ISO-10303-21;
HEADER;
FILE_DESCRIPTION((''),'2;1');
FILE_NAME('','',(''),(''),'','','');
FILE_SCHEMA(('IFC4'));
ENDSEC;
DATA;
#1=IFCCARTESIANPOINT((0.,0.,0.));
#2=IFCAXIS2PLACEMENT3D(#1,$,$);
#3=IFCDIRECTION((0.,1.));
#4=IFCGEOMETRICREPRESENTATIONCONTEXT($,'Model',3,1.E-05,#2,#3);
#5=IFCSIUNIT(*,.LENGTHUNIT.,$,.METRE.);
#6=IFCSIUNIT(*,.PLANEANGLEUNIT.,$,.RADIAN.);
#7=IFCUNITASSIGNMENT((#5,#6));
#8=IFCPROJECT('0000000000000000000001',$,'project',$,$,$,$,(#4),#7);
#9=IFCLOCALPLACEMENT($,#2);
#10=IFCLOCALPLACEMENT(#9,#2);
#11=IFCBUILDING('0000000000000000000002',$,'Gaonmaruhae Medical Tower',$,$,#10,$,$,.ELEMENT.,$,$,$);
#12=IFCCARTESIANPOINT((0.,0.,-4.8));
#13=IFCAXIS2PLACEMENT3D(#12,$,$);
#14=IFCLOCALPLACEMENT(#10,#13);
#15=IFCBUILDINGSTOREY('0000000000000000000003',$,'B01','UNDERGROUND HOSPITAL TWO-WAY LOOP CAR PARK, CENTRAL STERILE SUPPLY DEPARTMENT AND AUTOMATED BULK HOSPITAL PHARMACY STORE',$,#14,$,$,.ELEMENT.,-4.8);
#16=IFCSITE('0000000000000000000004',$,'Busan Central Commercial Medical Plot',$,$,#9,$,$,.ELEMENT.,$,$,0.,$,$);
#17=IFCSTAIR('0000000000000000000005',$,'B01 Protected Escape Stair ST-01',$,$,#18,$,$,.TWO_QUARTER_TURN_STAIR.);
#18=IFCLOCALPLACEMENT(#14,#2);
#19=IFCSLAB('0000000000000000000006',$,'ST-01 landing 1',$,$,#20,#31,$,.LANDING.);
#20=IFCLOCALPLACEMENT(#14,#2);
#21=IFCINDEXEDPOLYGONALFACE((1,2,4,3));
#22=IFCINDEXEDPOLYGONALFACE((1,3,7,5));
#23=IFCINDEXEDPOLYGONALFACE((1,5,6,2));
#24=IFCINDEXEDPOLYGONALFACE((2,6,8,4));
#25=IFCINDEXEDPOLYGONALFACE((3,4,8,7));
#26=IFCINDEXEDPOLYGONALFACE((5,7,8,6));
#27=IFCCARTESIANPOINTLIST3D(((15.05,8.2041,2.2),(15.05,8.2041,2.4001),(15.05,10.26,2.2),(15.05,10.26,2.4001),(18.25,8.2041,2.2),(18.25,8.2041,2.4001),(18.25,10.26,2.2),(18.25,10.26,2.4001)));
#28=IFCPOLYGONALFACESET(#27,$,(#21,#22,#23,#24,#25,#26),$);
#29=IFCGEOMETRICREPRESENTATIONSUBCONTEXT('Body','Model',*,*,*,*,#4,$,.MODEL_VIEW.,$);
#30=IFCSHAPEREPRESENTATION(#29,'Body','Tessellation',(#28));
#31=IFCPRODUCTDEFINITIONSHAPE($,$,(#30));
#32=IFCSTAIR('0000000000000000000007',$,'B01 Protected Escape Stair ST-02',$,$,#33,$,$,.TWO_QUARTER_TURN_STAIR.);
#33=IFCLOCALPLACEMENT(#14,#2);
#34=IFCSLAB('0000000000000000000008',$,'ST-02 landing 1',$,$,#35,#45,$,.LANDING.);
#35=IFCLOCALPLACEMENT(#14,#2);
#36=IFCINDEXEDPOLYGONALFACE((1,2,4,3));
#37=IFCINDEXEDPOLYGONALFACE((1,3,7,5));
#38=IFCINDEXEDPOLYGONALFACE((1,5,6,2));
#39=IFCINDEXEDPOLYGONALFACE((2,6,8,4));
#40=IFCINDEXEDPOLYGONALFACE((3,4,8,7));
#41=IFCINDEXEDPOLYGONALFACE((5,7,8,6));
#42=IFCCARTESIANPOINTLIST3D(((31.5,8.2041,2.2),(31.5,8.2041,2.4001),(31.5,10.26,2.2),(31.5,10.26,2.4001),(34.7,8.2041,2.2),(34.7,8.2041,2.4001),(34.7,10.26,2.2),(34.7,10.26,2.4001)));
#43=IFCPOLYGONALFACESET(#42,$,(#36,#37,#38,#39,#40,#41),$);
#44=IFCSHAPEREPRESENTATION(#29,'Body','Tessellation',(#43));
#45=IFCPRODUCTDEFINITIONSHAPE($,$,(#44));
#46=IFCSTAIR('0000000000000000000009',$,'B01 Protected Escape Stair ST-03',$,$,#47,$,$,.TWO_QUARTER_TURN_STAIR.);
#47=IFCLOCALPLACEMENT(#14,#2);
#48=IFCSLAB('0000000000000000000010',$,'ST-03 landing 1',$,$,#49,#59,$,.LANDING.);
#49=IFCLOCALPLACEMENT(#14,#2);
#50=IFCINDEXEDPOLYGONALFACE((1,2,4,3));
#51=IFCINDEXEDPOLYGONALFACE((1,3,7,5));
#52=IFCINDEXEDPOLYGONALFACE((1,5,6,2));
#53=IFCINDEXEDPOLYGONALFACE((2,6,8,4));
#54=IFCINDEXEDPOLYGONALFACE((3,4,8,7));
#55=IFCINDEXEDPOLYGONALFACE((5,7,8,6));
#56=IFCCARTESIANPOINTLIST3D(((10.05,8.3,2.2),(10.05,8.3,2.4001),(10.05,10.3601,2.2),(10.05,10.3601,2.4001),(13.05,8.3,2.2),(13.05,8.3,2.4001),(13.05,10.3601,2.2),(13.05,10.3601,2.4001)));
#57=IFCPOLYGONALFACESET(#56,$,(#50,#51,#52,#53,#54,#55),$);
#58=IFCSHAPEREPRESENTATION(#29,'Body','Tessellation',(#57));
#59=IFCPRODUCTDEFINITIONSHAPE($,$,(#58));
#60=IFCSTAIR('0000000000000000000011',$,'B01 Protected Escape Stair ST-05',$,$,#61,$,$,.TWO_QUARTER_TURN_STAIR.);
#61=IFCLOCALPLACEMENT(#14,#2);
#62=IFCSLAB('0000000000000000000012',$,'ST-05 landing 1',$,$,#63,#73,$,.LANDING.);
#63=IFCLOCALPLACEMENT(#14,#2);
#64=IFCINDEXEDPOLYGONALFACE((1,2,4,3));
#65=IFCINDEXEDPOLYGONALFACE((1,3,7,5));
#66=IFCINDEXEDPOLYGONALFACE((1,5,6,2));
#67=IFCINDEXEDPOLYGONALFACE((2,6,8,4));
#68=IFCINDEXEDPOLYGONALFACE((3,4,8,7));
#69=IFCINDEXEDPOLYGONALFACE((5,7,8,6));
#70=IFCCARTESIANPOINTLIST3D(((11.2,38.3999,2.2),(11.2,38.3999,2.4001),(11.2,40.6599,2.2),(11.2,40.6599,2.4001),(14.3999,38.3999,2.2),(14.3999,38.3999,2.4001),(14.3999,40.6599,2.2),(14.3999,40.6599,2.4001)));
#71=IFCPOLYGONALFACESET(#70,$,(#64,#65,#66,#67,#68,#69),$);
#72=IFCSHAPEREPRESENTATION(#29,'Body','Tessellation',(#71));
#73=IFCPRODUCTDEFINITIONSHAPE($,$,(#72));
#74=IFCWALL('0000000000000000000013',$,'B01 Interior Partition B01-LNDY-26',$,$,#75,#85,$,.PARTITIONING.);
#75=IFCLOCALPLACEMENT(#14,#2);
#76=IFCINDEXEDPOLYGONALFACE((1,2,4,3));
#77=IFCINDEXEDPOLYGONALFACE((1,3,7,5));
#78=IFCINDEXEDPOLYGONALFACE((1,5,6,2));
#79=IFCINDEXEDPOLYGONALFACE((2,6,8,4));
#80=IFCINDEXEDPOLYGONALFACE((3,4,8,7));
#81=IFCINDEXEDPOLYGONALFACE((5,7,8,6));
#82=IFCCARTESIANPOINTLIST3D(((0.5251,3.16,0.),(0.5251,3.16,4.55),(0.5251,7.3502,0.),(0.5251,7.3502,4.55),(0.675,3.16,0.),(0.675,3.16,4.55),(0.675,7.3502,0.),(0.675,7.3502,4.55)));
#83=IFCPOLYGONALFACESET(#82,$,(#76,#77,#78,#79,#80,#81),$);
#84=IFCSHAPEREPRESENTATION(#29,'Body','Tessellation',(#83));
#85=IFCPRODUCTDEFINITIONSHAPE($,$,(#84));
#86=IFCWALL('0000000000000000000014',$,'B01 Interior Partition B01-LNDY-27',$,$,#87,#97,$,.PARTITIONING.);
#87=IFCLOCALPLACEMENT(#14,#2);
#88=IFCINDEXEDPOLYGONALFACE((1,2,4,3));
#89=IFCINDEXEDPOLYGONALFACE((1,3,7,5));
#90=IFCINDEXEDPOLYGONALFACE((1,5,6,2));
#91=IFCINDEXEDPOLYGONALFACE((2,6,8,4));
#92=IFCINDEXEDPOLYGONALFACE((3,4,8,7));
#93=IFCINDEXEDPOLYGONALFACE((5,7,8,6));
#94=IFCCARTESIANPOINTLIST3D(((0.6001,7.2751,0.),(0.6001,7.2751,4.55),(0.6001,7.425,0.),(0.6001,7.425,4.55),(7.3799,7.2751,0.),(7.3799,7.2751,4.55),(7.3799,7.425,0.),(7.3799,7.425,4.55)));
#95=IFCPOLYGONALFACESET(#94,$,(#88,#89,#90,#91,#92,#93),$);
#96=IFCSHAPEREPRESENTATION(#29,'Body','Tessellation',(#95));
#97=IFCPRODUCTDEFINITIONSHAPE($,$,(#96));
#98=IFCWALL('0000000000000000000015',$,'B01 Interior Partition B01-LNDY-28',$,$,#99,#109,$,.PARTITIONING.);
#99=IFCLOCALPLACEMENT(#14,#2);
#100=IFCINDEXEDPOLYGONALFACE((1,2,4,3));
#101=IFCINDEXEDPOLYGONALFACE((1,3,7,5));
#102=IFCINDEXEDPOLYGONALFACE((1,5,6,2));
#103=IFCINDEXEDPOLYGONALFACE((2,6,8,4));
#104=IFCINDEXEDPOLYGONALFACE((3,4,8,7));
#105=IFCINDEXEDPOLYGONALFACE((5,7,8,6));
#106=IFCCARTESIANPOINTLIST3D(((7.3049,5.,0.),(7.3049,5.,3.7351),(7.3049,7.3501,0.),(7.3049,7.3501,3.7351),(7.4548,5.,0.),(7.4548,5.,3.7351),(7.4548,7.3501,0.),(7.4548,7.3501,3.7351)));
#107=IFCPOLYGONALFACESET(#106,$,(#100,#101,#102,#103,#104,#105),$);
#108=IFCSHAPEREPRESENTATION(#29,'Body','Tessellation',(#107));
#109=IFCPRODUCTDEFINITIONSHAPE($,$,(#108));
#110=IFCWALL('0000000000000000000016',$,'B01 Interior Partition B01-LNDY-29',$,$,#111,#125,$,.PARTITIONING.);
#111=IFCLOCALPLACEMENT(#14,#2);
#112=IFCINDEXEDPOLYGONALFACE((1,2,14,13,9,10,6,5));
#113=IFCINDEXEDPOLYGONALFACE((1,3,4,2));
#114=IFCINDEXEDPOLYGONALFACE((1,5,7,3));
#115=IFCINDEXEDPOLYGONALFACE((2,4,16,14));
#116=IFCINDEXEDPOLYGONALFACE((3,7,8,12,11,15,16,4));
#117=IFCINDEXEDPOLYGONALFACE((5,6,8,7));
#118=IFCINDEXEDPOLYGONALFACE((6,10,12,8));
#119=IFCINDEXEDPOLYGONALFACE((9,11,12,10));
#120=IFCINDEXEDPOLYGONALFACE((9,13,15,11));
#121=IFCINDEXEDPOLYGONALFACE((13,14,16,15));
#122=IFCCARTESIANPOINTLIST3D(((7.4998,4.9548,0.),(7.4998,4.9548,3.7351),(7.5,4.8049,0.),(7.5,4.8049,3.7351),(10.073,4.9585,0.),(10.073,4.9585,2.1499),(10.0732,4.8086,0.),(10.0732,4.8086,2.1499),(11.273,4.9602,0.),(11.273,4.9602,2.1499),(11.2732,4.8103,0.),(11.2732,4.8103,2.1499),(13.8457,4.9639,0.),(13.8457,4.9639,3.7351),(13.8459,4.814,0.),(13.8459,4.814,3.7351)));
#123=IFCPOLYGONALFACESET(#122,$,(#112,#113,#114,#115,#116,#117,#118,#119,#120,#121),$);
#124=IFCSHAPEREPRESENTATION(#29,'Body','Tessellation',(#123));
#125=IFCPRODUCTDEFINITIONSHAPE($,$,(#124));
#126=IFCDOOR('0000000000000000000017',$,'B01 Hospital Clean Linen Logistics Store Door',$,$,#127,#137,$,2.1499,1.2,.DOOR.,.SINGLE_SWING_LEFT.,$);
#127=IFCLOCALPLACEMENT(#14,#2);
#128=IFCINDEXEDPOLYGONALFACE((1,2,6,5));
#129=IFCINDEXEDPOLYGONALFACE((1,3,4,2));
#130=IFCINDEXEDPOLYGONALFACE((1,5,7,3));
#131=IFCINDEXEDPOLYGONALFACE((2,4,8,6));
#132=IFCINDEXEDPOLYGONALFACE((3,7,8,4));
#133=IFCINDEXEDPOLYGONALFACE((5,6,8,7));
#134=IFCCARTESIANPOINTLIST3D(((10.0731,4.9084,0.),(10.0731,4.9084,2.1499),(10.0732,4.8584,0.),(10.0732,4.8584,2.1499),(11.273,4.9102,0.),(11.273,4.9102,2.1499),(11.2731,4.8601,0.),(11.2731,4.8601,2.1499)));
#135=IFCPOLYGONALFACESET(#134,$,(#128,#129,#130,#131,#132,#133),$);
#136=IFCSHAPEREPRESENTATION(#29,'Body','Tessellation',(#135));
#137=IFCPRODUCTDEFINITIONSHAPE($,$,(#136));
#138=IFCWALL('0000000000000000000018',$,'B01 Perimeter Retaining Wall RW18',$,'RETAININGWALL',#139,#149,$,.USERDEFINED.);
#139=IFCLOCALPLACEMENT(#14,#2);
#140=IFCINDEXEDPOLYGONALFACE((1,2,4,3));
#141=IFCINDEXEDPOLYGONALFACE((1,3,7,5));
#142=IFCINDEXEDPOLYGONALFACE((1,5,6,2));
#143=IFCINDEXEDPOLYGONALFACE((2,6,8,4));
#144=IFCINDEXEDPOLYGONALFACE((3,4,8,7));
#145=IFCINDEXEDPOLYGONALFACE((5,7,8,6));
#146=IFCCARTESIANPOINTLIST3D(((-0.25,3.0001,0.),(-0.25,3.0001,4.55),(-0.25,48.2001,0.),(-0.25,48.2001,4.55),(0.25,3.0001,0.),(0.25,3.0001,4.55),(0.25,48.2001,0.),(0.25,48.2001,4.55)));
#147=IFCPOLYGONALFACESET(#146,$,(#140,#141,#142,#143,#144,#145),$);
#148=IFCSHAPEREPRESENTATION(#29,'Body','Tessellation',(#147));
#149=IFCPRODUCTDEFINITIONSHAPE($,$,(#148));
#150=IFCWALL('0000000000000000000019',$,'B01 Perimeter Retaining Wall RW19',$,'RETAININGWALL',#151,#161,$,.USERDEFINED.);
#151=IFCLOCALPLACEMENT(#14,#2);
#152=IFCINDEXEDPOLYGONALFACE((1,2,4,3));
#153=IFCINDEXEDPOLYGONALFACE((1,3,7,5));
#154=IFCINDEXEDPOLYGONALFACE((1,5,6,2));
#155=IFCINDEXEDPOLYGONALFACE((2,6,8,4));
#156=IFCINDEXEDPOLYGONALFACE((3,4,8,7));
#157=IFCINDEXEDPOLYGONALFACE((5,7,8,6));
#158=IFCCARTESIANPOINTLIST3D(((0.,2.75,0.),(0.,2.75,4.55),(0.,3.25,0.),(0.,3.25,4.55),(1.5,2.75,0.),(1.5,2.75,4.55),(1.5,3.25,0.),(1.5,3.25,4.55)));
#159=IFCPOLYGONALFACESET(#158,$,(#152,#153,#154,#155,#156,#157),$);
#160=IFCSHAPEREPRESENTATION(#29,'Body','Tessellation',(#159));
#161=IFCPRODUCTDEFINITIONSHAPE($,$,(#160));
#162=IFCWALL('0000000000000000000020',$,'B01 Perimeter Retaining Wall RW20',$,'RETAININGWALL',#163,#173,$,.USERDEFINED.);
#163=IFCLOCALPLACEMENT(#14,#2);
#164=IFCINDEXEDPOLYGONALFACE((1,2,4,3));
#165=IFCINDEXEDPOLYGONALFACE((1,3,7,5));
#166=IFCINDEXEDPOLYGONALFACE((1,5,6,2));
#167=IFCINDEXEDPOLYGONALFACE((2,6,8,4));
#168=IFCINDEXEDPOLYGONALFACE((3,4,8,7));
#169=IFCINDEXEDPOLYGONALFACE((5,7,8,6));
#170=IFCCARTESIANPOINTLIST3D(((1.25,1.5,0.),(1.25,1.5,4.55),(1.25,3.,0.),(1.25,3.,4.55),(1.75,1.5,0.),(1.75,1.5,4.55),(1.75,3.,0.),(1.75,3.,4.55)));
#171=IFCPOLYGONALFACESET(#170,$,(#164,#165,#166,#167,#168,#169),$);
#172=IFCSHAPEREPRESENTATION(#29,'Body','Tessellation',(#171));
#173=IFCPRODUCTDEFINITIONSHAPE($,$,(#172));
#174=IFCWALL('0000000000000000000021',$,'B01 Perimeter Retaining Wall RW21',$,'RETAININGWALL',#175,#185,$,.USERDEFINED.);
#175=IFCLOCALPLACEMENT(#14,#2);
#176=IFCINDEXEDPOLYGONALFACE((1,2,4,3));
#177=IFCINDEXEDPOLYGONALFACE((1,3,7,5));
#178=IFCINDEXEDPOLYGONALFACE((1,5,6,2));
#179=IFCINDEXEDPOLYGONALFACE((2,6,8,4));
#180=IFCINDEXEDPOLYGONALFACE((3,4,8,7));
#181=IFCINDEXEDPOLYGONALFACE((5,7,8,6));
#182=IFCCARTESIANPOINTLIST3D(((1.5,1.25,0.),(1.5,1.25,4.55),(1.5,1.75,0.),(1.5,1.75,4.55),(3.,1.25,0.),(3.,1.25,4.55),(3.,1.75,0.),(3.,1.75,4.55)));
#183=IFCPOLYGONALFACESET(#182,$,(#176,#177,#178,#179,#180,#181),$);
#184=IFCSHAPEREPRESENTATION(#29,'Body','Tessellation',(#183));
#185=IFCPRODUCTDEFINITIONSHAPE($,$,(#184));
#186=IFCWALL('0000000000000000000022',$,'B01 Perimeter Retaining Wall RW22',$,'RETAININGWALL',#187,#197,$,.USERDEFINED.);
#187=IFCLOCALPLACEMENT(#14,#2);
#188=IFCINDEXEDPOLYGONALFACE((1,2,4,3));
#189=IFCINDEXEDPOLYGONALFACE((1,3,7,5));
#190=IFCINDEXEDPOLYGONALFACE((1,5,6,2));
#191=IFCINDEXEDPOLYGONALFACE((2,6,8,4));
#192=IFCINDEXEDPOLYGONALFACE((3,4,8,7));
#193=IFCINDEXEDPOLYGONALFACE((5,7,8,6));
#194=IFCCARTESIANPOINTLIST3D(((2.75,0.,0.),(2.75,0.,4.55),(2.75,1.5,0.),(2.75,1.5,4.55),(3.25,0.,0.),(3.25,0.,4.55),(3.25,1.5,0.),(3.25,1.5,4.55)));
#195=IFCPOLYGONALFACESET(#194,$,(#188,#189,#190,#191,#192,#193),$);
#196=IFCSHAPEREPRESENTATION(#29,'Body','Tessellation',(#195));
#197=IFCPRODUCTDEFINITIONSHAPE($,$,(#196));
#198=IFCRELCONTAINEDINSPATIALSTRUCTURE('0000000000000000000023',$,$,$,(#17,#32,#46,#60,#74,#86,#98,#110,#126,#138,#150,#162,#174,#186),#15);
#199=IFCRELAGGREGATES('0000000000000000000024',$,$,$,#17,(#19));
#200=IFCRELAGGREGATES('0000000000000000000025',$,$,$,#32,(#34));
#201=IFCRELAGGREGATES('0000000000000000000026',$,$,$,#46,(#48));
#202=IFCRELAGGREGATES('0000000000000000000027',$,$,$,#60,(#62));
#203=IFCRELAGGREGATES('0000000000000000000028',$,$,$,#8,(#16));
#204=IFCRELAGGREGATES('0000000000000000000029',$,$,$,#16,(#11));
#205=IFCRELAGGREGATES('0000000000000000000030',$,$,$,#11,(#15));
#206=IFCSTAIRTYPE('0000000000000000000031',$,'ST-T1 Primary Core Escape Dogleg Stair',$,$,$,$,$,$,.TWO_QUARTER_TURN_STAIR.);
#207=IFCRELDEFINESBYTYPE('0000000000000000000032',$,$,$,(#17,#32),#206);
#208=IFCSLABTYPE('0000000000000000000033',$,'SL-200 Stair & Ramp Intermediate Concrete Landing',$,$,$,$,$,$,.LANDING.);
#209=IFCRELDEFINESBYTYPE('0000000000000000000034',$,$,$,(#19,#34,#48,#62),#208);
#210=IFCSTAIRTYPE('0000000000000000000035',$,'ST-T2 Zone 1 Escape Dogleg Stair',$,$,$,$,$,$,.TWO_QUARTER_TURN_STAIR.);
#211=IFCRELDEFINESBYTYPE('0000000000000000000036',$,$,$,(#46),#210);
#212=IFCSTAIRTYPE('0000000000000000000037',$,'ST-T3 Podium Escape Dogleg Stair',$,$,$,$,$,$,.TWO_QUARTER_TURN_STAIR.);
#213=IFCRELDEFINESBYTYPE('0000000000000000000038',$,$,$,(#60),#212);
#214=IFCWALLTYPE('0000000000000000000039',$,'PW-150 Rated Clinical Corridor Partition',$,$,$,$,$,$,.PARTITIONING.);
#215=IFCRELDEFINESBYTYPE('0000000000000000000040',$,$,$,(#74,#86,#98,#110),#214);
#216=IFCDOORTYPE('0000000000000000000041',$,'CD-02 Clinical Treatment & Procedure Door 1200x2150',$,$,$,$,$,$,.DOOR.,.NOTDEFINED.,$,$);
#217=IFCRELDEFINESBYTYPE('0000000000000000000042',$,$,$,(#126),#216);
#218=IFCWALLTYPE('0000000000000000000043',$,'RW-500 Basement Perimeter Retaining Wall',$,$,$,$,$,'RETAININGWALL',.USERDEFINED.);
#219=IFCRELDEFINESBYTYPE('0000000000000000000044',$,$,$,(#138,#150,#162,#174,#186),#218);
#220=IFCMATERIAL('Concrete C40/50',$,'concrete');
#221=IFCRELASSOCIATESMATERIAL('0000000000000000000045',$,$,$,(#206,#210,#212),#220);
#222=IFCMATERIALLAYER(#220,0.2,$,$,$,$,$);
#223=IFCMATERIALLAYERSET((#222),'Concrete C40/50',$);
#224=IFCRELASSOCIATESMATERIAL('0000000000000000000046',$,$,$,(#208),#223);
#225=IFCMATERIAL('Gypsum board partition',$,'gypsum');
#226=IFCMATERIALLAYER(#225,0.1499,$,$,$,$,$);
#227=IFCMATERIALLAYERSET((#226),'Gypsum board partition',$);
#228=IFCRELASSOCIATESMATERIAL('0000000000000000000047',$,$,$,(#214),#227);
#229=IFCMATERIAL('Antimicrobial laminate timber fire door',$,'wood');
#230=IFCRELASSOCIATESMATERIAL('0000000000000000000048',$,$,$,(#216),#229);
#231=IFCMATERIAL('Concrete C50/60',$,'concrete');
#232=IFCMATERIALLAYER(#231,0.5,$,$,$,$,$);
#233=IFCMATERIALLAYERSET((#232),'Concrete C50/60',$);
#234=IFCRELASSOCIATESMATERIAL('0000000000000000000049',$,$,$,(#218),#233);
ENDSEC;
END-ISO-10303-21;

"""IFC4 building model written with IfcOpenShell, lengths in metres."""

from ifc_helpers import new_model, si_unit, direction, frame, frame_2d, origin, place, context, subcontext, project, spatial, polyline, rectangle, outline, extrude, material, layer, layer_set, type_object, element, fill, aggregate, save


model = new_model("IFC4")

# Units and contexts
model_context = context("Model", 3, precision=1e-05, world=origin(), true_north=direction((0.0, 1.0)))
body_context = subcontext(model_context, "Body", "Model", "MODEL_VIEW")
ifc_project = project(units=[si_unit("LENGTHUNIT", "METRE"), si_unit("PLANEANGLEUNIT", "RADIAN")], contexts=[model_context])

# Site, building, storey
site_placement = place(None, origin())
site = spatial("IfcSite", under=ifc_project, at=site_placement, Name="Busan Central Commercial Medical Plot", CompositionType="ELEMENT", RefElevation=0.0)
building_placement = place(site_placement, origin())
building = spatial("IfcBuilding", under=site, at=building_placement, Name="Gaonmaruhae Medical Tower", CompositionType="ELEMENT")
storey_placement = place(building_placement, frame((0.0, 0.0, -4.8)))
storey = spatial("IfcBuildingStorey", under=building, at=storey_placement, Name="B01", Description="UNDERGROUND HOSPITAL TWO-WAY LOOP CAR PARK, CENTRAL STERILE SUPPLY DEPARTMENT AND AUTOMATED BULK HOSPITAL PHARMACY STORE", CompositionType="ELEMENT", Elevation=-4.8)

# Shared definitions
ifc_material_1 = material(Name="Concrete C50/60", Category="concrete")

# Shared definitions
ifc_material_2 = material(Name="Concrete C40/50", Category="concrete")

# Stairs, slabs
stair_type_1 = type_object("IfcStairType", Name="ST-T1 Primary Core Escape Dogleg Stair", PredefinedType="TWO_QUARTER_TURN_STAIR", material=ifc_material_2)
stair_1_placement = place(storey_placement, origin())
stair_1 = element("IfcStair", 1, at=stair_1_placement, inside=storey, type_object=stair_type_1, Name="B01 Protected Escape Stair ST-01", PredefinedType="TWO_QUARTER_TURN_STAIR")
ifc_layer_1 = layer(ifc_material_2, 0.2)
ifc_layer_set_1 = layer_set([ifc_layer_1], Name="Concrete C40/50")
slab_type_1 = type_object("IfcSlabType", Name="SL-200 Stair & Ramp Intermediate Concrete Landing", PredefinedType="LANDING", material=ifc_layer_set_1)
slab_1_placement = place(storey_placement, frame((0.0, 0.0, 2.2)))
slab_1 = element("IfcSlab", 2, at=slab_1_placement, type_object=slab_type_1, Name="ST-01 landing 1", PredefinedType="LANDING", context=body_context, shape_type="SweptSolid", body=[
    extrude(outline(polyline([(15.05, 10.26), (15.05, 8.2041), (18.25, 8.2041), (18.25, 10.26), (15.05, 10.26)])), origin(), (0.0, 0.0, 1.0), 0.2002),
])
aggregate(stair_1, [slab_1])
stair_2_placement = place(storey_placement, origin())
stair_2 = element("IfcStair", 3, at=stair_2_placement, inside=storey, type_object=stair_type_1, Name="B01 Protected Escape Stair ST-02", PredefinedType="TWO_QUARTER_TURN_STAIR")
slab_2_placement = place(storey_placement, frame((0.0, 0.0, 2.2)))
slab_2 = element("IfcSlab", 4, at=slab_2_placement, type_object=slab_type_1, Name="ST-02 landing 1", PredefinedType="LANDING", context=body_context, shape_type="SweptSolid", body=[
    extrude(outline(polyline([(31.5, 10.26), (31.5, 8.2041), (34.7, 8.2041), (34.7, 10.26), (31.5, 10.26)])), origin(), (0.0, 0.0, 1.0), 0.2002),
])
aggregate(stair_2, [slab_2])
stair_type_2 = type_object("IfcStairType", Name="ST-T2 Zone 1 Escape Dogleg Stair", PredefinedType="TWO_QUARTER_TURN_STAIR", material=ifc_material_2)
stair_3_placement = place(storey_placement, origin())
stair_3 = element("IfcStair", 5, at=stair_3_placement, inside=storey, type_object=stair_type_2, Name="B01 Protected Escape Stair ST-03", PredefinedType="TWO_QUARTER_TURN_STAIR")
slab_3_placement = place(storey_placement, frame((0.0, 0.0, 2.2)))
slab_3 = element("IfcSlab", 6, at=slab_3_placement, type_object=slab_type_1, Name="ST-03 landing 1", PredefinedType="LANDING", context=body_context, shape_type="SweptSolid", body=[
    extrude(outline(polyline([(10.05, 10.3601), (10.05, 8.3), (13.05, 8.3), (13.05, 10.3601), (10.05, 10.3601)])), origin(), (0.0, 0.0, 1.0), 0.2002),
])
aggregate(stair_3, [slab_3])
stair_type_3 = type_object("IfcStairType", Name="ST-T3 Podium Escape Dogleg Stair", PredefinedType="TWO_QUARTER_TURN_STAIR", material=ifc_material_2)
stair_4_placement = place(storey_placement, origin())
stair_4 = element("IfcStair", 7, at=stair_4_placement, inside=storey, type_object=stair_type_3, Name="B01 Protected Escape Stair ST-05", PredefinedType="TWO_QUARTER_TURN_STAIR")
slab_4_placement = place(storey_placement, frame((0.0, 0.0, 2.2)))
slab_4 = element("IfcSlab", 8, at=slab_4_placement, type_object=slab_type_1, Name="ST-05 landing 1", PredefinedType="LANDING", context=body_context, shape_type="SweptSolid", body=[
    extrude(outline(polyline([(11.2, 40.6599), (11.2, 38.3999), (14.3999, 38.3999), (14.3999, 40.6599), (11.2, 40.6599)])), origin(), (0.0, 0.0, 1.0), 0.2002),
])
aggregate(stair_4, [slab_4])

# Walls
ifc_material_3 = material(Name="Gypsum board partition", Category="gypsum")
ifc_layer_2 = layer(ifc_material_3, 0.1499)
ifc_layer_set_2 = layer_set([ifc_layer_2], Name="Gypsum board partition")
wall_type_1 = type_object("IfcWallType", Name="PW-150 Rated Clinical Corridor Partition", PredefinedType="PARTITIONING", material=ifc_layer_set_2)
wall_1_placement = place(storey_placement, frame((0.6001, 3.1599, 0.0), z_axis=(0.0, 0.0, 1.0), x_axis=(0.0, 1.0, 0.0)))
element("IfcWall", 9, at=wall_1_placement, inside=storey, type_object=wall_type_1, Name="B01 Interior Partition B01-LNDY-26", PredefinedType="PARTITIONING", context=body_context, shape_type="SweptSolid", body=[
    extrude(rectangle(XDim=4.1902, YDim=0.1499, at=frame_2d((2.0952, 0.0))), origin(), (0.0, 0.0, 1.0), 4.55),
])
wall_2_placement = place(storey_placement, frame((0.6001, 7.3501, 0.0), z_axis=(0.0, 0.0, 1.0), x_axis=(1.0, 0.0, 0.0)))
element("IfcWall", 10, at=wall_2_placement, inside=storey, type_object=wall_type_1, Name="B01 Interior Partition B01-LNDY-27", PredefinedType="PARTITIONING", context=body_context, shape_type="SweptSolid", body=[
    extrude(rectangle(XDim=6.7798, YDim=0.1499, at=frame_2d((3.3899, 0.0))), origin(), (0.0, 0.0, 1.0), 4.55),
])
wall_3_placement = place(storey_placement, frame((7.3799, 7.3501, 0.0), z_axis=(0.0, 0.0, 1.0), x_axis=(0.0, -1.0, 0.0)))
element("IfcWall", 11, at=wall_3_placement, inside=storey, type_object=wall_type_1, Name="B01 Interior Partition B01-LNDY-28", PredefinedType="PARTITIONING", context=body_context, shape_type="SweptSolid", body=[
    extrude(rectangle(XDim=2.3501, YDim=0.1499, at=frame_2d((1.175, 0.0))), origin(), (0.0, 0.0, 1.0), 3.7351),
])

# Wall, opening, door
wall_4_placement = place(storey_placement, frame((7.5, 4.8799, 0.0), z_axis=(0.0, 0.0, 1.0), x_axis=(0.999999, 0.001423, 0.0)))
wall_4 = element("IfcWall", 12, at=wall_4_placement, inside=storey, type_object=wall_type_1, Name="B01 Interior Partition B01-LNDY-29", PredefinedType="PARTITIONING", context=body_context, shape_type="SweptSolid", body=[
    extrude(rectangle(XDim=6.3459, YDim=0.1499, at=frame_2d((3.1729, 0.0))), origin(), (0.0, 0.0, 1.0), 3.7351),
])
opening_placement = place(wall_4_placement, frame((2.573, 0.0, 0.0)))
opening = element("IfcOpeningElement", 13, at=opening_placement, cuts=wall_4, PredefinedType="OPENING", context=body_context, shape_type="SweptSolid", body=[
    extrude(rectangle(XDim=1.2, YDim=2.1499, at=frame_2d((0.6001, 1.075))), frame((0.0, 0.085, 0.0), z_axis=(0.0, -1.0, 0.0), x_axis=(1.0, 0.0, 0.0)), (0.0, 0.0, 1.0), 0.1699),
])
ifc_material_4 = material(Name="Antimicrobial laminate timber fire door", Category="wood")
door_type = type_object("IfcDoorType", Name="CD-02 Clinical Treatment & Procedure Door 1200x2150", OperationType="NOTDEFINED", PredefinedType="DOOR", material=ifc_material_4)
door_placement = place(opening_placement, origin())
door = element("IfcDoor", 14, at=door_placement, inside=storey, type_object=door_type, Name="B01 Hospital Clean Linen Logistics Store Door", OperationType="SINGLE_SWING_LEFT", OverallHeight=2.1499, OverallWidth=1.2, PredefinedType="DOOR", context=body_context, shape_type="SweptSolid", body=[
    extrude(rectangle(XDim=1.2, YDim=2.1499, at=frame_2d((0.6001, 1.075))), frame((0.0, 0.0249, 0.0), z_axis=(0.0, -1.0, 0.0), x_axis=(1.0, 0.0, 0.0)), (0.0, 0.0, 1.0), 0.05),
])
fill(opening, door)

# Walls
ifc_layer_3 = layer(ifc_material_1, 0.5)
ifc_layer_set_3 = layer_set([ifc_layer_3], Name="Concrete C50/60")
wall_type_2 = type_object("IfcWallType", Name="RW-500 Basement Perimeter Retaining Wall", ElementType="RETAININGWALL", PredefinedType="USERDEFINED", material=ifc_layer_set_3)
wall_5_placement = place(storey_placement, frame((0.0, 3.0, 0.0), z_axis=(0.0, 0.0, 1.0), x_axis=(0.0, 1.0, 0.0)))
element("IfcWall", 15, at=wall_5_placement, inside=storey, type_object=wall_type_2, Name="B01 Perimeter Retaining Wall RW18", ObjectType="RETAININGWALL", PredefinedType="USERDEFINED", context=body_context, shape_type="SweptSolid", body=[
    extrude(rectangle(XDim=45.2, YDim=0.5, at=frame_2d((22.6001, 0.0))), origin(), (0.0, 0.0, 1.0), 4.55),
])
for number, where, z_axis, x_axis, name in (
    (16, (1.5, 3.0, 0.0), (0.0, 0.0, 1.0), (-1.0, 0.0, 0.0), "B01 Perimeter Retaining Wall RW19"),
    (17, (1.5, 1.5, 0.0), (0.0, 0.0, 1.0), (0.0, 1.0, 0.0), "B01 Perimeter Retaining Wall RW20"),
    (18, (3.0, 1.5, 0.0), (0.0, 0.0, 1.0), (-1.0, 0.0, 0.0), "B01 Perimeter Retaining Wall RW21"),
    (19, (3.0, 0.0, 0.0), (0.0, 0.0, 1.0), (0.0, 1.0, 0.0), "B01 Perimeter Retaining Wall RW22"),
):
    element("IfcWall", number, at=place(storey_placement, frame(where, z_axis=z_axis, x_axis=x_axis)), inside=storey, type_object=wall_type_2, Name=name, ObjectType="RETAININGWALL", PredefinedType="USERDEFINED", context=body_context, shape_type="SweptSolid", body=[
        extrude(rectangle(XDim=1.5, YDim=0.5, at=frame_2d((0.75, 0.0))), origin(), (0.0, 0.0, 1.0), 4.55),
    ])

save(model, "model.ifc")
